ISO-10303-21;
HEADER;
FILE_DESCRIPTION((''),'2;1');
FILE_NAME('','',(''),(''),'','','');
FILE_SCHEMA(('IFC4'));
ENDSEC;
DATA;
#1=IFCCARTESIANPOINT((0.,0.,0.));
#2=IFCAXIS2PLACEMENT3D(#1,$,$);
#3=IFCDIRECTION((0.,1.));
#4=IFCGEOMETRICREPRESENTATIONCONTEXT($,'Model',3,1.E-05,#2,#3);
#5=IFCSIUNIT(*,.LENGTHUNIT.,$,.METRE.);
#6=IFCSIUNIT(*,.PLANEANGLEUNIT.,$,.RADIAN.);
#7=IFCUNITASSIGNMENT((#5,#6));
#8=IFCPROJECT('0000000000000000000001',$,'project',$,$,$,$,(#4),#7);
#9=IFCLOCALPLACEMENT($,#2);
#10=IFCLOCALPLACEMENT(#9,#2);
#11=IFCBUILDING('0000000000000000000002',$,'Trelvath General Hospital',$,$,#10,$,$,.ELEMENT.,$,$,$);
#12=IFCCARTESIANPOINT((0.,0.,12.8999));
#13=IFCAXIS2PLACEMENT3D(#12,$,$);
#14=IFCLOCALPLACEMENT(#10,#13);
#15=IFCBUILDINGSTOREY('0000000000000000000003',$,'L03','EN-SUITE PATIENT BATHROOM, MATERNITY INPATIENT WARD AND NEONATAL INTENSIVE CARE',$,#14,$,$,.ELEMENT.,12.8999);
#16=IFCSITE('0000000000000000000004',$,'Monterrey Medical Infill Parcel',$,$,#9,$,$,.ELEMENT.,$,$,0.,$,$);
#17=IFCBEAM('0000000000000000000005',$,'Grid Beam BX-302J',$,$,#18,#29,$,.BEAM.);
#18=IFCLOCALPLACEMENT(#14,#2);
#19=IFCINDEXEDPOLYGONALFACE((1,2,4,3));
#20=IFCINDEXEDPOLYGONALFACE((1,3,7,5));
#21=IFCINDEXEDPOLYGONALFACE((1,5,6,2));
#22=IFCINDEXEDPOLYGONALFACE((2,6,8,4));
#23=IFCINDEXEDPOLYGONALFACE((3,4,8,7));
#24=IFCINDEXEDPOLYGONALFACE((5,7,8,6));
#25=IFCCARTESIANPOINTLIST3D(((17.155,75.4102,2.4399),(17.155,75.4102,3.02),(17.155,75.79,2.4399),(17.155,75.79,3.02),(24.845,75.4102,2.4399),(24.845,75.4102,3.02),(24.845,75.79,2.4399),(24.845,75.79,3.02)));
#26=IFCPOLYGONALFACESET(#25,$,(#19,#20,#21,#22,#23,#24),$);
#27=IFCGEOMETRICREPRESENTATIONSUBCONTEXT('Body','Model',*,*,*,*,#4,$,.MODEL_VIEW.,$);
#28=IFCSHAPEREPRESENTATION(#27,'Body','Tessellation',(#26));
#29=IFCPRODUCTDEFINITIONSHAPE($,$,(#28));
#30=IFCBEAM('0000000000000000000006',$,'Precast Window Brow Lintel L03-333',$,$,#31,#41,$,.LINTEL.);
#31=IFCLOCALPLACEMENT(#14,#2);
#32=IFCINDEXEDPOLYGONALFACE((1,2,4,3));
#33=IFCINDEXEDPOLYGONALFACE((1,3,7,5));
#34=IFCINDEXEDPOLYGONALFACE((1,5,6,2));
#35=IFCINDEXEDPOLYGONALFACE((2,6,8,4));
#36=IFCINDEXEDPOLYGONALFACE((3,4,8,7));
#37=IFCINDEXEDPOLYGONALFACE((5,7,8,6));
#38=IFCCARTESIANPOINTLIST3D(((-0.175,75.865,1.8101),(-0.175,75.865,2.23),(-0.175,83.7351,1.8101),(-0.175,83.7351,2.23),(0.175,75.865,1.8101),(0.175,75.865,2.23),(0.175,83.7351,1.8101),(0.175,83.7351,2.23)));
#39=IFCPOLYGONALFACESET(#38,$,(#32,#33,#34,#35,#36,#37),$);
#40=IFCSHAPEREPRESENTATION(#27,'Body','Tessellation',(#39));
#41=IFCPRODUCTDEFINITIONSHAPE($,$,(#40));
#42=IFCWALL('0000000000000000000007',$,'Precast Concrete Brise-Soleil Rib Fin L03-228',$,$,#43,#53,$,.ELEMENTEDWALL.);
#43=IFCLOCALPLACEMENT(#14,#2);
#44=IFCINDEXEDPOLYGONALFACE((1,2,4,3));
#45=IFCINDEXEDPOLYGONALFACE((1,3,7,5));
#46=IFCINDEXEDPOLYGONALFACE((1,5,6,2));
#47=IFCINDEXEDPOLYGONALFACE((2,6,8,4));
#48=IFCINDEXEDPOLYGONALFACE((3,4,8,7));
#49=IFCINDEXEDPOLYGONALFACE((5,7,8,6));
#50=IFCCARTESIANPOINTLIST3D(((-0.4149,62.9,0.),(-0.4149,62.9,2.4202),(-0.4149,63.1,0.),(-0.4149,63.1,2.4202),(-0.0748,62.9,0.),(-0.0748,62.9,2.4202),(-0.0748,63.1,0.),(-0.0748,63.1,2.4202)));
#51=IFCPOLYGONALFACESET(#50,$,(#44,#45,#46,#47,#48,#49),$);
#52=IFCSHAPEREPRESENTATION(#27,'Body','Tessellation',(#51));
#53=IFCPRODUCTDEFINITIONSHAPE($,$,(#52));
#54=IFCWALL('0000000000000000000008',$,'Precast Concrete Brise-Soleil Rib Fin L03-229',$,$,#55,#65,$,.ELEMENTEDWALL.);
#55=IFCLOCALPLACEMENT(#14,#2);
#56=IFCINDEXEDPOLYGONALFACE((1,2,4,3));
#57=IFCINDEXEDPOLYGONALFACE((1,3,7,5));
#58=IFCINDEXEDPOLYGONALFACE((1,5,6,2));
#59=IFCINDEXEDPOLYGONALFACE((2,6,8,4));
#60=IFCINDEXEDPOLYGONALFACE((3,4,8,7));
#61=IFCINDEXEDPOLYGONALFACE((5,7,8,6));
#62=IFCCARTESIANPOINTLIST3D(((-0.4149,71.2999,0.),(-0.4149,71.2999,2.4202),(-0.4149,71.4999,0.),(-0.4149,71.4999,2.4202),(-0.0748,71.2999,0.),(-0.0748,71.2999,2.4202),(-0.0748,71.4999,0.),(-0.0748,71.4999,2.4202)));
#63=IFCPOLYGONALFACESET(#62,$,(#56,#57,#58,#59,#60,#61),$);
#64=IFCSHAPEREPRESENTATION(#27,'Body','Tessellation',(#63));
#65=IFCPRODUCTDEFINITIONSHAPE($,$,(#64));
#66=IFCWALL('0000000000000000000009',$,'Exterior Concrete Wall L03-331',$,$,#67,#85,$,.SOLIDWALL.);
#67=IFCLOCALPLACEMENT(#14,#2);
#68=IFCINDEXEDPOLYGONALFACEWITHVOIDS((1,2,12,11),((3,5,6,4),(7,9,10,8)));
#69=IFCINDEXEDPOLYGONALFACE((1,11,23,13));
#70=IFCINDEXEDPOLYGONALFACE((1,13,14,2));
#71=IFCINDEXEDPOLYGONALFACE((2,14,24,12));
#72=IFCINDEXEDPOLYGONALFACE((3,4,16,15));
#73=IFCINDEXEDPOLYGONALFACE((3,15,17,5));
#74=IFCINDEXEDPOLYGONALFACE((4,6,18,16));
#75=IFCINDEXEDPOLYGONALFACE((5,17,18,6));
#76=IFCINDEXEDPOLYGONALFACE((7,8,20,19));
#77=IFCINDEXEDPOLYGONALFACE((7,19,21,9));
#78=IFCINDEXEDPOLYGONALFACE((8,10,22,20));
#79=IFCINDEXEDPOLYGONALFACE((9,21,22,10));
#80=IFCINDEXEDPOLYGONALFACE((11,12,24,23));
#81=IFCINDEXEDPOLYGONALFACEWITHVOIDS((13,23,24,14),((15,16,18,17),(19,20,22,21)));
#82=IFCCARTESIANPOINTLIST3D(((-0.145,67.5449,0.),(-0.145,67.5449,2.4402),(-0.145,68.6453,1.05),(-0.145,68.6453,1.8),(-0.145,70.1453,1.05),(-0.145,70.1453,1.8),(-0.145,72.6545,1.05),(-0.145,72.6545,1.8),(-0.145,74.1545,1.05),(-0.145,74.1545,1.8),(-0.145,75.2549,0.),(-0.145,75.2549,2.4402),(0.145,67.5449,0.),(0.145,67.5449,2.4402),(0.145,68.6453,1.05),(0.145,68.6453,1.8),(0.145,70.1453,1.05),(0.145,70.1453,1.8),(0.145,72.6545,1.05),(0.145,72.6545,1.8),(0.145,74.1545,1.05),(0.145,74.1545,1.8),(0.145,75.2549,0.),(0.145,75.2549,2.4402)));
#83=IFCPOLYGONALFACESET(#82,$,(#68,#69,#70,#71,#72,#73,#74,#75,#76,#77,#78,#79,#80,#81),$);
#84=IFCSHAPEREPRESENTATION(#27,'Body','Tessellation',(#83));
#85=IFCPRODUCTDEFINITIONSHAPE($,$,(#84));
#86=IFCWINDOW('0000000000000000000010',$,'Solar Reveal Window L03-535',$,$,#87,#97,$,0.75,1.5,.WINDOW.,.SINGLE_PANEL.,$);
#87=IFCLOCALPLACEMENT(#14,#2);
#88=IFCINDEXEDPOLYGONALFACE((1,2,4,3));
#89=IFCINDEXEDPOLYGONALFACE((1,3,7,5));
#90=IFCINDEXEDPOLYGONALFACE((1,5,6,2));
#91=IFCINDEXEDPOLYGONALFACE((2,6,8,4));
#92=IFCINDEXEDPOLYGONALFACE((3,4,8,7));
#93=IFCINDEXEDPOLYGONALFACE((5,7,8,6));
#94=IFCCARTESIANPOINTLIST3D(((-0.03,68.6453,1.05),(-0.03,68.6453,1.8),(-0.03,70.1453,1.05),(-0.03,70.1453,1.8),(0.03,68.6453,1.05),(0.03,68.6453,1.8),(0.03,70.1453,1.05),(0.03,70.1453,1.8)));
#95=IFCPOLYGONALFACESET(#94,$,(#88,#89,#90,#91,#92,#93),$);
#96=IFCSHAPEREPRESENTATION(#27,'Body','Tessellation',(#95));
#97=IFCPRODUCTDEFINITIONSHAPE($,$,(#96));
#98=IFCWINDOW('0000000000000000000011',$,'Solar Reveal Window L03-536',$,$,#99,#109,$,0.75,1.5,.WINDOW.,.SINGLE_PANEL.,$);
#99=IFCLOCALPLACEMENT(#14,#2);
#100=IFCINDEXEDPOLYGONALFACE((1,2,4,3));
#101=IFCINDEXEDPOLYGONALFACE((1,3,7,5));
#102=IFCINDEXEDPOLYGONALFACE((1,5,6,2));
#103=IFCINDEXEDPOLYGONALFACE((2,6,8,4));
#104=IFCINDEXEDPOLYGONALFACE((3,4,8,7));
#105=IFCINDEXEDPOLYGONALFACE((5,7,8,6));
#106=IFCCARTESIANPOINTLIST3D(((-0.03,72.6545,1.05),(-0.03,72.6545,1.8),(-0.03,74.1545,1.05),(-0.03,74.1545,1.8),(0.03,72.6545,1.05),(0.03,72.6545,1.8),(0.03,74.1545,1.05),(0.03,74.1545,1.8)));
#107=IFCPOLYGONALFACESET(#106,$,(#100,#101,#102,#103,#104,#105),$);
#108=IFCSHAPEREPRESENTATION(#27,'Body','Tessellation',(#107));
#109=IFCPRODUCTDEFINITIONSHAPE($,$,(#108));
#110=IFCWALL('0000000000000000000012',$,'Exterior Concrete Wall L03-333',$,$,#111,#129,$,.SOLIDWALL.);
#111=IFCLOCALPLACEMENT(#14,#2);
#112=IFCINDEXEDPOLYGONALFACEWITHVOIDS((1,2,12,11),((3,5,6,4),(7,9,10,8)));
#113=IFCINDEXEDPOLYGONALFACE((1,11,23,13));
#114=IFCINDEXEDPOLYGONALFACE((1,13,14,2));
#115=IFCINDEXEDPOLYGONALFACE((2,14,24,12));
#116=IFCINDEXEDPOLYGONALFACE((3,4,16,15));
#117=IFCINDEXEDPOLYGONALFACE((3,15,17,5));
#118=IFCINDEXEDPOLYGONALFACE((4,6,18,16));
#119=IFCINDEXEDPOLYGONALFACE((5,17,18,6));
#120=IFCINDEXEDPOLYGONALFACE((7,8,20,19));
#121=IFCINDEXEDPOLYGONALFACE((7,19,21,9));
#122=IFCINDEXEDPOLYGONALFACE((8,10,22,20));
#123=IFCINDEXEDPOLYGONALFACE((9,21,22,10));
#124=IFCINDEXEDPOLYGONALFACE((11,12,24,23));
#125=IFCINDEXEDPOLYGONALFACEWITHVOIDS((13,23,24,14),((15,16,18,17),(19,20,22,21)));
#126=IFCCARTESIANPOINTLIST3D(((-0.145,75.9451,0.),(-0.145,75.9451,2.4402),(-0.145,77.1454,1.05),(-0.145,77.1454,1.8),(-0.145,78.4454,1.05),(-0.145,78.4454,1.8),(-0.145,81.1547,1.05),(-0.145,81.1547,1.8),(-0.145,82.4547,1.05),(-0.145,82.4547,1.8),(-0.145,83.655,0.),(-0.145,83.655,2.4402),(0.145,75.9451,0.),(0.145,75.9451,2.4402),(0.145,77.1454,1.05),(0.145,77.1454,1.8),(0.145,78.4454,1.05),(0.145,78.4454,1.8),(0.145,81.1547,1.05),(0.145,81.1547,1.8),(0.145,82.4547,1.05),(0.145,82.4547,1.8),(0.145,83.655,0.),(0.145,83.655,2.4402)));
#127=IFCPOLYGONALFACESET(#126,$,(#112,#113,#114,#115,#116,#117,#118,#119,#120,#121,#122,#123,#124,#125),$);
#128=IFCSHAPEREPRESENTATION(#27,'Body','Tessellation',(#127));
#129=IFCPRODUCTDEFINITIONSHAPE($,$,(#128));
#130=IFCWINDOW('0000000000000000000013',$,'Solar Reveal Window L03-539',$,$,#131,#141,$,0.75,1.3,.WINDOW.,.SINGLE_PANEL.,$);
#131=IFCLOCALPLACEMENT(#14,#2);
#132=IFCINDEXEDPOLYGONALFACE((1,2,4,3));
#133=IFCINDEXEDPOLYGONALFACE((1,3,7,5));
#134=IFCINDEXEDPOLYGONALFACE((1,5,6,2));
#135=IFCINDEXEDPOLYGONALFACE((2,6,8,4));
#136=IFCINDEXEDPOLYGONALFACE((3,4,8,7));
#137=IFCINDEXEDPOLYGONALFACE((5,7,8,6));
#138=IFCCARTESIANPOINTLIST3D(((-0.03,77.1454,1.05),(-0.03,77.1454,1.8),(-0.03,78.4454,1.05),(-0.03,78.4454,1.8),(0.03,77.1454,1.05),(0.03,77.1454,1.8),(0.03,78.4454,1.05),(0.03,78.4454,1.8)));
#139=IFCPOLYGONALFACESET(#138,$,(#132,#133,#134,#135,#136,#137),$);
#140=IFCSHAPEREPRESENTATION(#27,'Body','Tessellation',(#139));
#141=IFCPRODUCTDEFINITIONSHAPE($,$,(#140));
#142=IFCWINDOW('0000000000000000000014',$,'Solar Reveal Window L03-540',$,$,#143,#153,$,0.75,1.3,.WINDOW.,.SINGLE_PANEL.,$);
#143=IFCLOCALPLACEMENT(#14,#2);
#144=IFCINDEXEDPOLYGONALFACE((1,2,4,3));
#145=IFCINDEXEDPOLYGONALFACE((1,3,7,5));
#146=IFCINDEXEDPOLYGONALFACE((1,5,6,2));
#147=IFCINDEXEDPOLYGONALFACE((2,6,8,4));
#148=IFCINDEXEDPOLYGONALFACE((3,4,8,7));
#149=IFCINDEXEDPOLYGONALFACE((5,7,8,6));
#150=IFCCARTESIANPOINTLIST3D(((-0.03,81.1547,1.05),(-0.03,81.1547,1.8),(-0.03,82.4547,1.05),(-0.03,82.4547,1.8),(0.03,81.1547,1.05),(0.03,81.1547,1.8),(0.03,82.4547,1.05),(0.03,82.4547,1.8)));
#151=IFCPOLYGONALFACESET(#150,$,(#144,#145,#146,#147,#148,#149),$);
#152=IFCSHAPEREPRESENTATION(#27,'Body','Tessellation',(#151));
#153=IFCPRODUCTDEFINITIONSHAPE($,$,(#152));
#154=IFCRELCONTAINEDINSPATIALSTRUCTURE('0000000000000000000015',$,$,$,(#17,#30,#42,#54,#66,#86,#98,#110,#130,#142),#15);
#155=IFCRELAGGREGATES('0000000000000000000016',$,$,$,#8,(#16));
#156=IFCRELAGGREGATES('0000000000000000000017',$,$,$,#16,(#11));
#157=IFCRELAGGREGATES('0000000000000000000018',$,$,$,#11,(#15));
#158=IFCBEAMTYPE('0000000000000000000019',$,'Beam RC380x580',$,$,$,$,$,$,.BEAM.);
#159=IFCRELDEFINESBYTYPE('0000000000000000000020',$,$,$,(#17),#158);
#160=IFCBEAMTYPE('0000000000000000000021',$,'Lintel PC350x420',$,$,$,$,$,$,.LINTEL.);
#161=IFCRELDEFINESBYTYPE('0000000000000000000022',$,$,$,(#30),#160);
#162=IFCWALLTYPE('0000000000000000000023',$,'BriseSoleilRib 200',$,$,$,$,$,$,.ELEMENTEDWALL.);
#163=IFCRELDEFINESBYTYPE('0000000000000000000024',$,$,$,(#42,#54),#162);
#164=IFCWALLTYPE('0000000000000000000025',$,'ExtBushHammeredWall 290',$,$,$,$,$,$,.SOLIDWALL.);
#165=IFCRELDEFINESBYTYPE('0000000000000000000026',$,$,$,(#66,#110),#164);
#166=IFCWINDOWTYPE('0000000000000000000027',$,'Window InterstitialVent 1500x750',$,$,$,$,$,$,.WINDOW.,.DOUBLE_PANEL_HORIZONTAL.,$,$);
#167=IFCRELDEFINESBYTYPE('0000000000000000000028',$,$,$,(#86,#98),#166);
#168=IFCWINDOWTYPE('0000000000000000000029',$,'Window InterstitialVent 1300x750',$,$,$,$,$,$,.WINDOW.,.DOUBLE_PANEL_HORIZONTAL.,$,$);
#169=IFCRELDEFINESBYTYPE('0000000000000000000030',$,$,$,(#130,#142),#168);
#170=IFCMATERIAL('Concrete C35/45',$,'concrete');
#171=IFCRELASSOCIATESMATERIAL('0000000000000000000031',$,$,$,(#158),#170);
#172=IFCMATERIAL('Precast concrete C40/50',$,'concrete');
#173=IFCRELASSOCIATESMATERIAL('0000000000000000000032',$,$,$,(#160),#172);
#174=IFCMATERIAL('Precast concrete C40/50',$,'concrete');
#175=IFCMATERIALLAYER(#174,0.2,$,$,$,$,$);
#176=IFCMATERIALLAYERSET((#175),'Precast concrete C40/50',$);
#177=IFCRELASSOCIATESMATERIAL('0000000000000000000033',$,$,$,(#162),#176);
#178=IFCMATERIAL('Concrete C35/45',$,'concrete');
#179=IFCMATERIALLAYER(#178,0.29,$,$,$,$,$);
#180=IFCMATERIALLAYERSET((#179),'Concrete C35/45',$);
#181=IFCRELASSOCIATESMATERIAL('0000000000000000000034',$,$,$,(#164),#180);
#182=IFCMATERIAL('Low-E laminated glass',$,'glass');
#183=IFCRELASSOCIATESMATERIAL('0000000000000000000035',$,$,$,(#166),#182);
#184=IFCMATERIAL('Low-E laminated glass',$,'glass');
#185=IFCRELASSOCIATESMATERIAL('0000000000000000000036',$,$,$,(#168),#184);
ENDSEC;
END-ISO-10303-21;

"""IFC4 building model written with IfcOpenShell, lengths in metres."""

from ifc_helpers import new_model, si_unit, direction, frame, frame_2d, origin, origin_2d, place, context, subcontext, project, spatial, rectangle, extrude, material, layer, layer_set, material_profile, profile_set, type_object, element, fill, save


model = new_model("IFC4")

# Units and contexts
model_context = context("Model", 3, precision=1e-05, world=origin(), true_north=direction((0.0, 1.0)))
body_context = subcontext(model_context, "Body", "Model", "MODEL_VIEW")
ifc_project = project(units=[si_unit("LENGTHUNIT", "METRE"), si_unit("PLANEANGLEUNIT", "RADIAN")], contexts=[model_context])

# Site, building, storey
site_placement = place(None, origin())
site = spatial("IfcSite", under=ifc_project, at=site_placement, Name="Monterrey Medical Infill Parcel", CompositionType="ELEMENT", RefElevation=0.0)
building_placement = place(site_placement, origin())
building = spatial("IfcBuilding", under=site, at=building_placement, Name="Trelvath General Hospital", CompositionType="ELEMENT")
storey_placement = place(building_placement, frame((0.0, 0.0, 12.8999)))
storey = spatial("IfcBuildingStorey", under=building, at=storey_placement, Name="L03", Description="EN-SUITE PATIENT BATHROOM, MATERNITY INPATIENT WARD AND NEONATAL INTENSIVE CARE", CompositionType="ELEMENT", Elevation=12.8999)

# Beams
ifc_material_1 = material(Name="Concrete C35/45", Category="concrete")
ifc_material_profile_1 = material_profile(ifc_material_1, rectangle(XDim=0.3799, YDim=0.5801, at=origin_2d()), Name="RCB380x580")
ifc_profile_set_1 = profile_set([ifc_material_profile_1], Name="Concrete C35/45")
beam_type_1 = type_object("IfcBeamType", Name="Beam RC380x580", PredefinedType="BEAM", material=ifc_profile_set_1)
for number, where, z_axis, x_axis, name in (
    (1, (17.155, 75.6001, 2.73), (1.0, 0.0, 0.0), (0.0, 1.0, 0.0), "Grid Beam BX-302J"),
):
    element("IfcBeam", number, at=place(storey_placement, frame(where, z_axis=z_axis, x_axis=x_axis)), inside=storey, type_object=beam_type_1, Name=name, PredefinedType="BEAM", context=body_context, shape_type="SweptSolid", body=[
        extrude(rectangle(XDim=0.3799, YDim=0.5801, at=origin_2d()), origin(), (0.0, 0.0, 1.0), 7.6899),
    ])
ifc_material_2 = material(Name="Precast concrete C40/50", Category="concrete")
ifc_material_profile_2 = material_profile(ifc_material_2, rectangle(XDim=0.3501, YDim=0.4199, at=origin_2d()), Name="PCL350x420")
ifc_profile_set_2 = profile_set([ifc_material_profile_2], Name="Precast concrete C40/50")
beam_type_2 = type_object("IfcBeamType", Name="Lintel PC350x420", PredefinedType="LINTEL", material=ifc_profile_set_2)
beam_1_placement = place(storey_placement, frame((0.0, 75.865, 2.02), z_axis=(0.0, 1.0, 0.0), x_axis=(-1.0, 0.0, 0.0)))
element("IfcBeam", 2, at=beam_1_placement, inside=storey, type_object=beam_type_2, Name="Precast Window Brow Lintel L03-333", PredefinedType="LINTEL", context=body_context, shape_type="SweptSolid", body=[
    extrude(rectangle(XDim=0.3501, YDim=0.4199, at=origin_2d()), origin(), (0.0, 0.0, 1.0), 7.8701),
])

# Walls
ifc_material_3 = material(Name="Precast concrete C40/50", Category="concrete")
ifc_layer_1 = layer(ifc_material_3, 0.2)
ifc_layer_set_1 = layer_set([ifc_layer_1], Name="Precast concrete C40/50")
wall_type_1 = type_object("IfcWallType", Name="BriseSoleilRib 200", PredefinedType="ELEMENTEDWALL", material=ifc_layer_set_1)
for number, where, z_axis, x_axis, name in (
    (3, (-0.075, 63.0, 0.0), (0.0, 0.0, 1.0), (-1.0, 0.0, 0.0), "Precast Concrete Brise-Soleil Rib Fin L03-228"),
    (4, (-0.075, 71.3999, 0.0), (0.0, 0.0, 1.0), (-1.0, 0.0, 0.0), "Precast Concrete Brise-Soleil Rib Fin L03-229"),
):
    element("IfcWall", number, at=place(storey_placement, frame(where, z_axis=z_axis, x_axis=x_axis)), inside=storey, type_object=wall_type_1, Name=name, PredefinedType="ELEMENTEDWALL", context=body_context, shape_type="SweptSolid", body=[
        extrude(rectangle(XDim=0.3401, YDim=0.2, at=frame_2d((0.1699, 0.0))), origin(), (0.0, 0.0, 1.0), 2.4202),
    ])

# Walls, openings, windows
ifc_material_4 = material(Name="Concrete C35/45", Category="concrete")
ifc_layer_2 = layer(ifc_material_4, 0.29)
ifc_layer_set_2 = layer_set([ifc_layer_2], Name="Concrete C35/45")
wall_type_2 = type_object("IfcWallType", Name="ExtBushHammeredWall 290", PredefinedType="SOLIDWALL", material=ifc_layer_set_2)
wall_1_placement = place(storey_placement, frame((0.0, 67.5449, 0.0), z_axis=(0.0, 0.0, 1.0), x_axis=(0.0, 1.0, 0.0)))
wall_1 = element("IfcWall", 5, at=wall_1_placement, inside=storey, type_object=wall_type_2, Name="Exterior Concrete Wall L03-331", PredefinedType="SOLIDWALL", context=body_context, shape_type="SweptSolid", body=[
    extrude(rectangle(XDim=7.71, YDim=0.29, at=frame_2d((3.855, 0.0))), origin(), (0.0, 0.0, 1.0), 2.4402),
])
opening_1_placement = place(wall_1_placement, frame((1.1003, 0.0, 1.05)))
opening_1 = element("IfcOpeningElement", 6, at=opening_1_placement, cuts=wall_1, PredefinedType="OPENING", context=body_context, shape_type="SweptSolid", body=[
    extrude(rectangle(XDim=1.5, YDim=0.75, at=frame_2d((0.75, 0.375))), frame((0.0, 0.155, 0.0), z_axis=(0.0, -1.0, 0.0), x_axis=(1.0, 0.0, 0.0)), (0.0, 0.0, 1.0), 0.3101),
])
opening_2_placement = place(wall_1_placement, frame((5.1096, 0.0, 1.05)))
opening_2 = element("IfcOpeningElement", 7, at=opening_2_placement, cuts=wall_1, PredefinedType="OPENING", context=body_context, shape_type="SweptSolid", body=[
    extrude(rectangle(XDim=1.5, YDim=0.75, at=frame_2d((0.75, 0.375))), frame((0.0, 0.155, 0.0), z_axis=(0.0, -1.0, 0.0), x_axis=(1.0, 0.0, 0.0)), (0.0, 0.0, 1.0), 0.3101),
])
ifc_material_5 = material(Name="Low-E laminated glass", Category="glass")
window_type_1 = type_object("IfcWindowType", Name="Window InterstitialVent 1500x750", PartitioningType="DOUBLE_PANEL_HORIZONTAL", PredefinedType="WINDOW", material=ifc_material_5)
window_1_placement = place(opening_1_placement, origin())
window_1 = element("IfcWindow", 8, at=window_1_placement, inside=storey, type_object=window_type_1, Name="Solar Reveal Window L03-535", OverallHeight=0.75, OverallWidth=1.5, PartitioningType="SINGLE_PANEL", PredefinedType="WINDOW", context=body_context, shape_type="SweptSolid", body=[
    extrude(rectangle(XDim=1.5, YDim=0.75, at=frame_2d((0.75, 0.375))), frame((0.0, 0.03, 0.0), z_axis=(0.0, -1.0, 0.0), x_axis=(1.0, 0.0, 0.0)), (0.0, 0.0, 1.0), 0.0601),
])
fill(opening_1, window_1)
window_2_placement = place(opening_2_placement, origin())
window_2 = element("IfcWindow", 9, at=window_2_placement, inside=storey, type_object=window_type_1, Name="Solar Reveal Window L03-536", OverallHeight=0.75, OverallWidth=1.5, PartitioningType="SINGLE_PANEL", PredefinedType="WINDOW", context=body_context, shape_type="SweptSolid", body=[
    extrude(rectangle(XDim=1.5, YDim=0.75, at=frame_2d((0.75, 0.375))), frame((0.0, 0.03, 0.0), z_axis=(0.0, -1.0, 0.0), x_axis=(1.0, 0.0, 0.0)), (0.0, 0.0, 1.0), 0.0601),
])
fill(opening_2, window_2)
wall_2_placement = place(storey_placement, frame((0.0, 75.9451, 0.0), z_axis=(0.0, 0.0, 1.0), x_axis=(0.0, 1.0, 0.0)))
wall_2 = element("IfcWall", 10, at=wall_2_placement, inside=storey, type_object=wall_type_2, Name="Exterior Concrete Wall L03-333", PredefinedType="SOLIDWALL", context=body_context, shape_type="SweptSolid", body=[
    extrude(rectangle(XDim=7.71, YDim=0.29, at=frame_2d((3.855, 0.0))), origin(), (0.0, 0.0, 1.0), 2.4402),
])
opening_3_placement = place(wall_2_placement, frame((1.2004, 0.0, 1.05)))
opening_3 = element("IfcOpeningElement", 11, at=opening_3_placement, cuts=wall_2, PredefinedType="OPENING", context=body_context, shape_type="SweptSolid", body=[
    extrude(rectangle(XDim=1.3, YDim=0.75, at=frame_2d((0.6499, 0.375))), frame((0.0, 0.155, 0.0), z_axis=(0.0, -1.0, 0.0), x_axis=(1.0, 0.0, 0.0)), (0.0, 0.0, 1.0), 0.3101),
])
opening_4_placement = place(wall_2_placement, frame((5.2097, 0.0, 1.05)))
opening_4 = element("IfcOpeningElement", 12, at=opening_4_placement, cuts=wall_2, PredefinedType="OPENING", context=body_context, shape_type="SweptSolid", body=[
    extrude(rectangle(XDim=1.3, YDim=0.75, at=frame_2d((0.6499, 0.375))), frame((0.0, 0.155, 0.0), z_axis=(0.0, -1.0, 0.0), x_axis=(1.0, 0.0, 0.0)), (0.0, 0.0, 1.0), 0.3101),
])
ifc_material_6 = material(Name="Low-E laminated glass", Category="glass")
window_type_2 = type_object("IfcWindowType", Name="Window InterstitialVent 1300x750", PartitioningType="DOUBLE_PANEL_HORIZONTAL", PredefinedType="WINDOW", material=ifc_material_6)
window_3_placement = place(opening_3_placement, origin())
window_3 = element("IfcWindow", 13, at=window_3_placement, inside=storey, type_object=window_type_2, Name="Solar Reveal Window L03-539", OverallHeight=0.75, OverallWidth=1.3, PartitioningType="SINGLE_PANEL", PredefinedType="WINDOW", context=body_context, shape_type="SweptSolid", body=[
    extrude(rectangle(XDim=1.3, YDim=0.75, at=frame_2d((0.6499, 0.375))), frame((0.0, 0.03, 0.0), z_axis=(0.0, -1.0, 0.0), x_axis=(1.0, 0.0, 0.0)), (0.0, 0.0, 1.0), 0.0601),
])
fill(opening_3, window_3)
window_4_placement = place(opening_4_placement, origin())
window_4 = element("IfcWindow", 14, at=window_4_placement, inside=storey, type_object=window_type_2, Name="Solar Reveal Window L03-540", OverallHeight=0.75, OverallWidth=1.3, PartitioningType="SINGLE_PANEL", PredefinedType="WINDOW", context=body_context, shape_type="SweptSolid", body=[
    extrude(rectangle(XDim=1.3, YDim=0.75, at=frame_2d((0.6499, 0.375))), frame((0.0, 0.03, 0.0), z_axis=(0.0, -1.0, 0.0), x_axis=(1.0, 0.0, 0.0)), (0.0, 0.0, 1.0), 0.0601),
])
fill(opening_4, window_4)

save(model, "model.ifc")
